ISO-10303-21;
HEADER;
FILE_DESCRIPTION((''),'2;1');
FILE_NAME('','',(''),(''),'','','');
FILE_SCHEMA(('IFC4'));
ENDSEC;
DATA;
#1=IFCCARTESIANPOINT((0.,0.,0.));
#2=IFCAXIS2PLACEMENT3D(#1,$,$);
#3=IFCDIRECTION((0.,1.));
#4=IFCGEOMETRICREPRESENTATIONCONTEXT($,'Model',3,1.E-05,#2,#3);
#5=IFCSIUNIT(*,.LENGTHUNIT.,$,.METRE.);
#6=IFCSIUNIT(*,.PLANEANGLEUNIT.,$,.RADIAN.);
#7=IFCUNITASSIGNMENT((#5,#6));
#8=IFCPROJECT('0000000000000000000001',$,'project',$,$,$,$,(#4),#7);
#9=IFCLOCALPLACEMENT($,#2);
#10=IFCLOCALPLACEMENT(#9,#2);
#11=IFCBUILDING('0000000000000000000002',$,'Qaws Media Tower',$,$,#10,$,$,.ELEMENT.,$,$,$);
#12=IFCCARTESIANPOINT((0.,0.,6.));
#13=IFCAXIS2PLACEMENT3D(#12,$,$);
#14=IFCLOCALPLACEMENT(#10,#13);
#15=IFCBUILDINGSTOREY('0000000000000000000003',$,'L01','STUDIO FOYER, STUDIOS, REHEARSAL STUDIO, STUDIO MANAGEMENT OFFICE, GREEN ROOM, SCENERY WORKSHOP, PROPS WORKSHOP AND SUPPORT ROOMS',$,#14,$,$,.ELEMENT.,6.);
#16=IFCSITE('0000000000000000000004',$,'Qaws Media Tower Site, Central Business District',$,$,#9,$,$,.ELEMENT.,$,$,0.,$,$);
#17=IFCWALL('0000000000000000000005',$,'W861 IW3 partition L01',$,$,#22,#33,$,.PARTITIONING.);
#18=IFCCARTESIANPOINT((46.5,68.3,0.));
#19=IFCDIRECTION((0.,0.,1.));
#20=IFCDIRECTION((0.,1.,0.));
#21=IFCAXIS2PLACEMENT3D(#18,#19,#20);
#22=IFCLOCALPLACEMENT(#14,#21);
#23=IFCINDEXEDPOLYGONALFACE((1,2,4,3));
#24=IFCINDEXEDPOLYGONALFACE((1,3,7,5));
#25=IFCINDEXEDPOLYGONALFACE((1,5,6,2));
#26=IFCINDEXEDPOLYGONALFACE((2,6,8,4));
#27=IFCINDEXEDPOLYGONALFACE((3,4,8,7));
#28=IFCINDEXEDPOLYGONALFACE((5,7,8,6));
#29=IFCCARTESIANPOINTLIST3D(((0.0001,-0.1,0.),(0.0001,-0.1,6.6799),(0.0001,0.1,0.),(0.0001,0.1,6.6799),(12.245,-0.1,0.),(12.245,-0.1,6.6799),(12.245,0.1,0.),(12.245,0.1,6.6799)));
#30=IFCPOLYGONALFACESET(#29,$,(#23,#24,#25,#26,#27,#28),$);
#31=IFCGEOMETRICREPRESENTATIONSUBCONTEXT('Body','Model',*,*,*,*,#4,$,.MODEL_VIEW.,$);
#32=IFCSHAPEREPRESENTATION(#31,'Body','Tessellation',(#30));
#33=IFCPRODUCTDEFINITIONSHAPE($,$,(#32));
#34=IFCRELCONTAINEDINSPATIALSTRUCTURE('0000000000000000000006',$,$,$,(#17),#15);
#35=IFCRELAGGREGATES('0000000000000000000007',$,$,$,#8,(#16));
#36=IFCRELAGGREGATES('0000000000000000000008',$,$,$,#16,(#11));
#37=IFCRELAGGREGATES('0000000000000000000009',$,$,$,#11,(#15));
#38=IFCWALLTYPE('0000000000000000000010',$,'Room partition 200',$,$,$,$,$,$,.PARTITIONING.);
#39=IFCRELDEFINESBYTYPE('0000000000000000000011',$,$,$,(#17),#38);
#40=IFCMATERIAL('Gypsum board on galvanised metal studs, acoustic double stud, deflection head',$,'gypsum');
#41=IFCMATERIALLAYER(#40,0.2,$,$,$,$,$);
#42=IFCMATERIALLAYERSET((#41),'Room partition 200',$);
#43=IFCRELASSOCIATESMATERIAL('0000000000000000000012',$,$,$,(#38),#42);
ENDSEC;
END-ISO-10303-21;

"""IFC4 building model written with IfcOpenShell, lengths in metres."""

from ifc_helpers import new_model, si_unit, direction, frame, frame_2d, origin, place, context, subcontext, project, spatial, rectangle, extrude, material, layer, layer_set, type_object, element, save


model = new_model("IFC4")

# Units and contexts
model_context = context("Model", 3, precision=1e-05, world=origin(), true_north=direction((0.0, 1.0)))
body_context = subcontext(model_context, "Body", "Model", "MODEL_VIEW")
ifc_project = project(units=[si_unit("LENGTHUNIT", "METRE"), si_unit("PLANEANGLEUNIT", "RADIAN")], contexts=[model_context])

# Site, building, storey
site_placement = place(None, origin())
site = spatial("IfcSite", under=ifc_project, at=site_placement, Name="Qaws Media Tower Site, Central Business District", CompositionType="ELEMENT", RefElevation=0.0)
building_placement = place(site_placement, origin())
building = spatial("IfcBuilding", under=site, at=building_placement, Name="Qaws Media Tower", CompositionType="ELEMENT")
storey_placement = place(building_placement, frame((0.0, 0.0, 6.0)))
storey = spatial("IfcBuildingStorey", under=building, at=storey_placement, Name="L01", Description="STUDIO FOYER, STUDIOS, REHEARSAL STUDIO, STUDIO MANAGEMENT OFFICE, GREEN ROOM, SCENERY WORKSHOP, PROPS WORKSHOP AND SUPPORT ROOMS", CompositionType="ELEMENT", Elevation=6.0)

# Wall
ifc_material_1 = material(Name="Gypsum board on galvanised metal studs, acoustic double stud, deflection head", Category="gypsum")
ifc_layer = layer(ifc_material_1, 0.2)
ifc_layer_set = layer_set([ifc_layer], Name="Room partition 200")
wall_type = type_object("IfcWallType", Name="Room partition 200", PredefinedType="PARTITIONING", material=ifc_layer_set)
wall_1_placement = place(storey_placement, frame((46.5, 68.3, 0.0), z_axis=(0.0, 0.0, 1.0), x_axis=(0.0, 1.0, 0.0)))
element("IfcWall", 1, at=wall_1_placement, inside=storey, type_object=wall_type, Name="W861 IW3 partition L01", PredefinedType="PARTITIONING", context=body_context, shape_type="SweptSolid", body=[
    extrude(rectangle(XDim=12.2449, YDim=0.2, at=frame_2d((6.1226, 0.0))), origin(), (0.0, 0.0, 1.0), 6.6799),
])

save(model, "model.ifc")
